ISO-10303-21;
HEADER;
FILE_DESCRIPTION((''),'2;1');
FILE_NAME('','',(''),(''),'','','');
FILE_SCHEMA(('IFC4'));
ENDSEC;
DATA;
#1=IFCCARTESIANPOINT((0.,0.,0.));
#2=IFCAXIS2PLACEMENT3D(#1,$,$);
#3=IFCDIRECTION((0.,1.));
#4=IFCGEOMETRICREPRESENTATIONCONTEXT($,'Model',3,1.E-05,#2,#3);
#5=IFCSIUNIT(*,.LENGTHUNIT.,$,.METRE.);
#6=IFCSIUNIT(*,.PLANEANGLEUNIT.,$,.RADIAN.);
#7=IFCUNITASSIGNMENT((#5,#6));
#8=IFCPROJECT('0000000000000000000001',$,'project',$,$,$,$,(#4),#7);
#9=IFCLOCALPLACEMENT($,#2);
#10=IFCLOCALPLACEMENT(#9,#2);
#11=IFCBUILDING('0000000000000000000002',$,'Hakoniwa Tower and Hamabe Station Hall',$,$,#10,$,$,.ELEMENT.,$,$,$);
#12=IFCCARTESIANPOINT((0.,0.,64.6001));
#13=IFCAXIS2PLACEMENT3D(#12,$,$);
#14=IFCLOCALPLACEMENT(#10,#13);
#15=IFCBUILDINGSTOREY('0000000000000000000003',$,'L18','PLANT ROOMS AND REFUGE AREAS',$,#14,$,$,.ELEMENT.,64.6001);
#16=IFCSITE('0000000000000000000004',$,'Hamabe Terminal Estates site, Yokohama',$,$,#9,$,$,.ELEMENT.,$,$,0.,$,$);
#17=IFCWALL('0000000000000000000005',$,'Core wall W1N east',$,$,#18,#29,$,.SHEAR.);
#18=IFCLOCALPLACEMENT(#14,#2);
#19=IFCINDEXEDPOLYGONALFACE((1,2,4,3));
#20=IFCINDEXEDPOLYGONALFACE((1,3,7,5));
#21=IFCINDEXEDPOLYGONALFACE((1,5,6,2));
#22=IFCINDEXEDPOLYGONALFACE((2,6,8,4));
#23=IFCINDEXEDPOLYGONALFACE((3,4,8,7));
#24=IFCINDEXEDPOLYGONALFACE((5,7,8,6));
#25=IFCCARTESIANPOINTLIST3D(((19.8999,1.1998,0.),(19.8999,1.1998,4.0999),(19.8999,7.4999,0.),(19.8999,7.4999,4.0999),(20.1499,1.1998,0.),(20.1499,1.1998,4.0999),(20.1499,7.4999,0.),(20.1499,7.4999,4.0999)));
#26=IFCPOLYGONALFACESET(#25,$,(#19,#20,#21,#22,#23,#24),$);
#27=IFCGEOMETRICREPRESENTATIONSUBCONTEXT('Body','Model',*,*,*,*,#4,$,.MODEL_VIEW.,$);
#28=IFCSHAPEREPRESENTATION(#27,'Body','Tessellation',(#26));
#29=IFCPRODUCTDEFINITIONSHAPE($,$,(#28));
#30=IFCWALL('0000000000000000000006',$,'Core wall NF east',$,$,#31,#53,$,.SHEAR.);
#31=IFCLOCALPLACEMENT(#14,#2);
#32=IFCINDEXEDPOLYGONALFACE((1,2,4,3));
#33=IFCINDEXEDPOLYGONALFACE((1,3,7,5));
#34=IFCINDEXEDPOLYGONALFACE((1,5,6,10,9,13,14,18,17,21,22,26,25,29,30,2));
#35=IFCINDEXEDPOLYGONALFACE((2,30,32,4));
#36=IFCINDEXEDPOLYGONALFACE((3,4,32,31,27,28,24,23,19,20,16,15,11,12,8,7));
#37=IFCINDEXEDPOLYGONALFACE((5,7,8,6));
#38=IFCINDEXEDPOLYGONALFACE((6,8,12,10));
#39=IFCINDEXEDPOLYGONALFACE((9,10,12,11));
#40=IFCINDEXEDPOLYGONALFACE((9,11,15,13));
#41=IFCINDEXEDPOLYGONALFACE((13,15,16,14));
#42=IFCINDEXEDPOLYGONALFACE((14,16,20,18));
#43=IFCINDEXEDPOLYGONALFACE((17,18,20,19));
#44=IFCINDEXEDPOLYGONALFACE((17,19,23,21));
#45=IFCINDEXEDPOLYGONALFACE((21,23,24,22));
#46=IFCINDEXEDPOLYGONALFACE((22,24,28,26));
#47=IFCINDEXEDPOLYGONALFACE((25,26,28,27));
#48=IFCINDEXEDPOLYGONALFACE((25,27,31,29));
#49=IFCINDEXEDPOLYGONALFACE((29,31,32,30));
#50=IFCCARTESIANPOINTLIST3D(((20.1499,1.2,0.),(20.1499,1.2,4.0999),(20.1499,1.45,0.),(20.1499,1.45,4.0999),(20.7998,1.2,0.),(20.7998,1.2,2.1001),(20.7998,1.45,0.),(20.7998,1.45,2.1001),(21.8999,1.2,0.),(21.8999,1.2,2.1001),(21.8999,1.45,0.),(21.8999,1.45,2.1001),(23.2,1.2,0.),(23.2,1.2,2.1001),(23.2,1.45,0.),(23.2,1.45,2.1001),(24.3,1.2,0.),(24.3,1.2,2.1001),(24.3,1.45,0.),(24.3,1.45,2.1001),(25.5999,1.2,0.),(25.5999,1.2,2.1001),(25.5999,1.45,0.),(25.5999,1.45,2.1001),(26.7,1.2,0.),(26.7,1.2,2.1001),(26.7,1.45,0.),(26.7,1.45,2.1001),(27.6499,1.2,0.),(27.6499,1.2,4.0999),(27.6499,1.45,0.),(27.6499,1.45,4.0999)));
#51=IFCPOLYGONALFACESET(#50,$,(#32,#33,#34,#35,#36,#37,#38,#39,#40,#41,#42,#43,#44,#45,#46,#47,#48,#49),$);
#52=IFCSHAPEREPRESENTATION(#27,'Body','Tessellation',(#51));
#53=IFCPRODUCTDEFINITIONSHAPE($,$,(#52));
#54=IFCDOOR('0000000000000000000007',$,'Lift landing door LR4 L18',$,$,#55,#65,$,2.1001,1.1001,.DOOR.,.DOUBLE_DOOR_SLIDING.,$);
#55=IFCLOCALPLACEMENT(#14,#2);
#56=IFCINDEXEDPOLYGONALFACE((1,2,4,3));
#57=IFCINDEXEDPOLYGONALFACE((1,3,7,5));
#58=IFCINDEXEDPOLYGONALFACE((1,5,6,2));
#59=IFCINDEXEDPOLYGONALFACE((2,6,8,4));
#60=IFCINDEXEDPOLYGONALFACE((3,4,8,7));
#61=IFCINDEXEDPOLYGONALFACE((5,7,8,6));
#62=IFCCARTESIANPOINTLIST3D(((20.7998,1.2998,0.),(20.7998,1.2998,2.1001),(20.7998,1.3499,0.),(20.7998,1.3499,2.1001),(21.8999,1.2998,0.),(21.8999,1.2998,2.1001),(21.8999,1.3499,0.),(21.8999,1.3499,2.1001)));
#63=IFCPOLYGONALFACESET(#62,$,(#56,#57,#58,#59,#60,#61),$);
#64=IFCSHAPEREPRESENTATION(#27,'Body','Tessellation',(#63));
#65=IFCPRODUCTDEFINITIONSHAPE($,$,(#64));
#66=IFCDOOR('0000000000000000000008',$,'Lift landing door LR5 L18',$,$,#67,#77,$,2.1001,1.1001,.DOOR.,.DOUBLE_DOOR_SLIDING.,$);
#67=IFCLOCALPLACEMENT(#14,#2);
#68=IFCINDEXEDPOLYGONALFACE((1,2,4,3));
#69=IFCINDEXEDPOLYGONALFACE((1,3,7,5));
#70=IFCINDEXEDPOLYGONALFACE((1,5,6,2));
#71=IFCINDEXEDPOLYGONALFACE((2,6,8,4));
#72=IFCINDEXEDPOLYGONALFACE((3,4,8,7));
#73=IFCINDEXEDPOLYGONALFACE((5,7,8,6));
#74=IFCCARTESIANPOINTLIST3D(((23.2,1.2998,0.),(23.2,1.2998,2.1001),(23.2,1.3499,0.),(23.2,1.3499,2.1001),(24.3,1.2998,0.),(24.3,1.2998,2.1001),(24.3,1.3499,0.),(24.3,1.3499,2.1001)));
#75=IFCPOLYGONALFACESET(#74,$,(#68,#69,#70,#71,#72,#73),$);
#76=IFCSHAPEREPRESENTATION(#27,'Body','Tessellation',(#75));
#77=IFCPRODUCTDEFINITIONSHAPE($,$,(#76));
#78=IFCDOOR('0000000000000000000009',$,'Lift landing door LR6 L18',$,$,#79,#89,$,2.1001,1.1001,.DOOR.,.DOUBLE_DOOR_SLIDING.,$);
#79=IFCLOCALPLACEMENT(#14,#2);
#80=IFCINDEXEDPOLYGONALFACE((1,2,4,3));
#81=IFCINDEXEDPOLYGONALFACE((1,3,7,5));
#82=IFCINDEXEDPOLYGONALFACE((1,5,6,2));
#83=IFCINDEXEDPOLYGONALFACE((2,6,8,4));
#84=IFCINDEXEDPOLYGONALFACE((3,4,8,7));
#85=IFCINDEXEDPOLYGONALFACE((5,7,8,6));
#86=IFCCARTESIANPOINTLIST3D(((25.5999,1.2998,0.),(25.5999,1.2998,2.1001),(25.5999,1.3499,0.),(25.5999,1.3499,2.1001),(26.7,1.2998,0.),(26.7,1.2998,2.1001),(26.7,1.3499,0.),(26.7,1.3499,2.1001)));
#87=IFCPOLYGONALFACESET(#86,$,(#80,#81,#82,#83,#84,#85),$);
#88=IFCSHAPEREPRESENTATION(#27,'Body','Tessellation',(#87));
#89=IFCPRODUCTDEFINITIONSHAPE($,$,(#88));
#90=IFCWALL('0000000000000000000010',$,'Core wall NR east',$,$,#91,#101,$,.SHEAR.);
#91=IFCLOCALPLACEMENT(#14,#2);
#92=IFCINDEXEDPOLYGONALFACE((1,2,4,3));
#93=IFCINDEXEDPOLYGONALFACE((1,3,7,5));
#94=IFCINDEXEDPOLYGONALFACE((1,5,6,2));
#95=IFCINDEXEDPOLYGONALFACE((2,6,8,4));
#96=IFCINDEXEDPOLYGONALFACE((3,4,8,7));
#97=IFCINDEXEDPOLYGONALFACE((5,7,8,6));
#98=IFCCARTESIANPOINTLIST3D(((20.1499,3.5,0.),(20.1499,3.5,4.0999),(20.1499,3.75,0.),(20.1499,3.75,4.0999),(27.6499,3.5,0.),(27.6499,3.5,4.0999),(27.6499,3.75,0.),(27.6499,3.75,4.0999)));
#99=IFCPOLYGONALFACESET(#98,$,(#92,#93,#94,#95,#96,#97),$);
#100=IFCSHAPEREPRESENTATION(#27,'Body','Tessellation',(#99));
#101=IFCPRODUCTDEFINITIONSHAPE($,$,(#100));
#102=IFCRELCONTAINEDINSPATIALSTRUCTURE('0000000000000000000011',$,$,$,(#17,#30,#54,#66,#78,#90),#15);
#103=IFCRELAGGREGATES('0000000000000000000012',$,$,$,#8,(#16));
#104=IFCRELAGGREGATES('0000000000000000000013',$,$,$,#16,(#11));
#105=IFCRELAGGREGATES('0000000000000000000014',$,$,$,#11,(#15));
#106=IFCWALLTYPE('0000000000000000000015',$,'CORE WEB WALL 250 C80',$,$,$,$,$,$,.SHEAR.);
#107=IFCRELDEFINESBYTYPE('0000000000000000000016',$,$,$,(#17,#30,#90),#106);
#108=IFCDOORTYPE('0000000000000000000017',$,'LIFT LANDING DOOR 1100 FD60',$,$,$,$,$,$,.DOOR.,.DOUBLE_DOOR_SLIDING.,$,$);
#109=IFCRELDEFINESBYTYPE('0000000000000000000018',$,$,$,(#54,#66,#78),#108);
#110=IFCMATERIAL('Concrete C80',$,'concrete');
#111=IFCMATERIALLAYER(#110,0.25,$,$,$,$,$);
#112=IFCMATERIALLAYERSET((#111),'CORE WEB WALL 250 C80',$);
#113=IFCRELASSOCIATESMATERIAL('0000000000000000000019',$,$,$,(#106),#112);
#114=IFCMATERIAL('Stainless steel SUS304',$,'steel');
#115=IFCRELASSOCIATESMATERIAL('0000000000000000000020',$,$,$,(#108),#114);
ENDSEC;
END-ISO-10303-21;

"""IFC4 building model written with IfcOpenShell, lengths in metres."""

from ifc_helpers import new_model, si_unit, direction, frame, frame_2d, origin, place, context, subcontext, project, spatial, rectangle, extrude, material, layer, layer_set, type_object, element, fill, save


model = new_model("IFC4")

# Units and contexts
model_context = context("Model", 3, precision=1e-05, world=origin(), true_north=direction((0.0, 1.0)))
body_context = subcontext(model_context, "Body", "Model", "MODEL_VIEW")
ifc_project = project(units=[si_unit("LENGTHUNIT", "METRE"), si_unit("PLANEANGLEUNIT", "RADIAN")], contexts=[model_context])

# Site, building, storey
site_placement = place(None, origin())
site = spatial("IfcSite", under=ifc_project, at=site_placement, Name="Hamabe Terminal Estates site, Yokohama", CompositionType="ELEMENT", RefElevation=0.0)
building_placement = place(site_placement, origin())
building = spatial("IfcBuilding", under=site, at=building_placement, Name="Hakoniwa Tower and Hamabe Station Hall", CompositionType="ELEMENT")
storey_placement = place(building_placement, frame((0.0, 0.0, 64.6001)))
storey = spatial("IfcBuildingStorey", under=building, at=storey_placement, Name="L18", Description="PLANT ROOMS AND REFUGE AREAS", CompositionType="ELEMENT", Elevation=64.6001)

# Wall
ifc_material_1 = material(Name="Concrete C80", Category="concrete")
ifc_layer_1 = layer(ifc_material_1, 0.25)
ifc_layer_set_1 = layer_set([ifc_layer_1], Name="CORE WEB WALL 250 C80")
wall_type_1 = type_object("IfcWallType", Name="CORE WEB WALL 250 C80", PredefinedType="SHEAR", material=ifc_layer_set_1)
wall_1_placement = place(storey_placement, frame((20.0249, 1.2, 0.0), z_axis=(0.0, 0.0, 1.0), x_axis=(0.0, 1.0, 0.0)))
element("IfcWall", 1, at=wall_1_placement, inside=storey, type_object=wall_type_1, Name="Core wall W1N east", PredefinedType="SHEAR", context=body_context, shape_type="SweptSolid", body=[
    extrude(rectangle(XDim=6.3, YDim=0.25, at=frame_2d((3.1499, 0.0))), origin(), (0.0, 0.0, 1.0), 4.0999),
])

# Wall, openings, doors
wall_2_placement = place(storey_placement, frame((20.1499, 1.325, 0.0), z_axis=(0.0, 0.0, 1.0), x_axis=(1.0, 0.0, 0.0)))
wall_2 = element("IfcWall", 2, at=wall_2_placement, inside=storey, type_object=wall_type_1, Name="Core wall NF east", PredefinedType="SHEAR", context=body_context, shape_type="SweptSolid", body=[
    extrude(rectangle(XDim=7.5, YDim=0.25, at=frame_2d((3.75, 0.0))), origin(), (0.0, 0.0, 1.0), 4.0999),
])
opening_1_placement = place(wall_2_placement, frame((0.6499, 0.0, 0.0)))
opening_1 = element("IfcOpeningElement", 3, at=opening_1_placement, cuts=wall_2, PredefinedType="OPENING", context=body_context, shape_type="SweptSolid", body=[
    extrude(rectangle(XDim=1.1001, YDim=2.1001, at=frame_2d((0.55, 1.05))), frame((0.0, 0.135, 0.0), z_axis=(0.0, -1.0, 0.0), x_axis=(1.0, 0.0, 0.0)), (0.0, 0.0, 1.0), 0.27),
])
opening_2_placement = place(wall_2_placement, frame((3.05, 0.0, 0.0)))
opening_2 = element("IfcOpeningElement", 4, at=opening_2_placement, cuts=wall_2, PredefinedType="OPENING", context=body_context, shape_type="SweptSolid", body=[
    extrude(rectangle(XDim=1.1001, YDim=2.1001, at=frame_2d((0.55, 1.05))), frame((0.0, 0.135, 0.0), z_axis=(0.0, -1.0, 0.0), x_axis=(1.0, 0.0, 0.0)), (0.0, 0.0, 1.0), 0.27),
])
opening_3_placement = place(wall_2_placement, frame((5.45, 0.0, 0.0)))
opening_3 = element("IfcOpeningElement", 5, at=opening_3_placement, cuts=wall_2, PredefinedType="OPENING", context=body_context, shape_type="SweptSolid", body=[
    extrude(rectangle(XDim=1.1001, YDim=2.1001, at=frame_2d((0.55, 1.05))), frame((0.0, 0.135, 0.0), z_axis=(0.0, -1.0, 0.0), x_axis=(1.0, 0.0, 0.0)), (0.0, 0.0, 1.0), 0.27),
])
ifc_material_2 = material(Name="Stainless steel SUS304", Category="steel")
door_type_1 = type_object("IfcDoorType", Name="LIFT LANDING DOOR 1100 FD60", OperationType="DOUBLE_DOOR_SLIDING", PredefinedType="DOOR", material=ifc_material_2)
door_1_placement = place(opening_1_placement, origin())
door_1 = element("IfcDoor", 6, at=door_1_placement, inside=storey, type_object=door_type_1, Name="Lift landing door LR4 L18", OperationType="DOUBLE_DOOR_SLIDING", OverallHeight=2.1001, OverallWidth=1.1001, PredefinedType="DOOR", context=body_context, shape_type="SweptSolid", body=[
    extrude(rectangle(XDim=1.1001, YDim=2.1001, at=frame_2d((0.55, 1.05))), frame((0.0, 0.0249, 0.0), z_axis=(0.0, -1.0, 0.0), x_axis=(1.0, 0.0, 0.0)), (0.0, 0.0, 1.0), 0.05),
])
fill(opening_1, door_1)
door_2_placement = place(opening_2_placement, origin())
door_2 = element("IfcDoor", 7, at=door_2_placement, inside=storey, type_object=door_type_1, Name="Lift landing door LR5 L18", OperationType="DOUBLE_DOOR_SLIDING", OverallHeight=2.1001, OverallWidth=1.1001, PredefinedType="DOOR", context=body_context, shape_type="SweptSolid", body=[
    extrude(rectangle(XDim=1.1001, YDim=2.1001, at=frame_2d((0.55, 1.05))), frame((0.0, 0.0249, 0.0), z_axis=(0.0, -1.0, 0.0), x_axis=(1.0, 0.0, 0.0)), (0.0, 0.0, 1.0), 0.05),
])
fill(opening_2, door_2)
door_3_placement = place(opening_3_placement, origin())
door_3 = element("IfcDoor", 8, at=door_3_placement, inside=storey, type_object=door_type_1, Name="Lift landing door LR6 L18", OperationType="DOUBLE_DOOR_SLIDING", OverallHeight=2.1001, OverallWidth=1.1001, PredefinedType="DOOR", context=body_context, shape_type="SweptSolid", body=[
    extrude(rectangle(XDim=1.1001, YDim=2.1001, at=frame_2d((0.55, 1.05))), frame((0.0, 0.0249, 0.0), z_axis=(0.0, -1.0, 0.0), x_axis=(1.0, 0.0, 0.0)), (0.0, 0.0, 1.0), 0.05),
])
fill(opening_3, door_3)

# Wall
wall_3_placement = place(storey_placement, frame((20.1499, 3.625, 0.0), z_axis=(0.0, 0.0, 1.0), x_axis=(1.0, 0.0, 0.0)))
element("IfcWall", 9, at=wall_3_placement, inside=storey, type_object=wall_type_1, Name="Core wall NR east", PredefinedType="SHEAR", context=body_context, shape_type="SweptSolid", body=[
    extrude(rectangle(XDim=7.5, YDim=0.25, at=frame_2d((3.75, 0.0))), origin(), (0.0, 0.0, 1.0), 4.0999),
])

save(model, "model.ifc")
